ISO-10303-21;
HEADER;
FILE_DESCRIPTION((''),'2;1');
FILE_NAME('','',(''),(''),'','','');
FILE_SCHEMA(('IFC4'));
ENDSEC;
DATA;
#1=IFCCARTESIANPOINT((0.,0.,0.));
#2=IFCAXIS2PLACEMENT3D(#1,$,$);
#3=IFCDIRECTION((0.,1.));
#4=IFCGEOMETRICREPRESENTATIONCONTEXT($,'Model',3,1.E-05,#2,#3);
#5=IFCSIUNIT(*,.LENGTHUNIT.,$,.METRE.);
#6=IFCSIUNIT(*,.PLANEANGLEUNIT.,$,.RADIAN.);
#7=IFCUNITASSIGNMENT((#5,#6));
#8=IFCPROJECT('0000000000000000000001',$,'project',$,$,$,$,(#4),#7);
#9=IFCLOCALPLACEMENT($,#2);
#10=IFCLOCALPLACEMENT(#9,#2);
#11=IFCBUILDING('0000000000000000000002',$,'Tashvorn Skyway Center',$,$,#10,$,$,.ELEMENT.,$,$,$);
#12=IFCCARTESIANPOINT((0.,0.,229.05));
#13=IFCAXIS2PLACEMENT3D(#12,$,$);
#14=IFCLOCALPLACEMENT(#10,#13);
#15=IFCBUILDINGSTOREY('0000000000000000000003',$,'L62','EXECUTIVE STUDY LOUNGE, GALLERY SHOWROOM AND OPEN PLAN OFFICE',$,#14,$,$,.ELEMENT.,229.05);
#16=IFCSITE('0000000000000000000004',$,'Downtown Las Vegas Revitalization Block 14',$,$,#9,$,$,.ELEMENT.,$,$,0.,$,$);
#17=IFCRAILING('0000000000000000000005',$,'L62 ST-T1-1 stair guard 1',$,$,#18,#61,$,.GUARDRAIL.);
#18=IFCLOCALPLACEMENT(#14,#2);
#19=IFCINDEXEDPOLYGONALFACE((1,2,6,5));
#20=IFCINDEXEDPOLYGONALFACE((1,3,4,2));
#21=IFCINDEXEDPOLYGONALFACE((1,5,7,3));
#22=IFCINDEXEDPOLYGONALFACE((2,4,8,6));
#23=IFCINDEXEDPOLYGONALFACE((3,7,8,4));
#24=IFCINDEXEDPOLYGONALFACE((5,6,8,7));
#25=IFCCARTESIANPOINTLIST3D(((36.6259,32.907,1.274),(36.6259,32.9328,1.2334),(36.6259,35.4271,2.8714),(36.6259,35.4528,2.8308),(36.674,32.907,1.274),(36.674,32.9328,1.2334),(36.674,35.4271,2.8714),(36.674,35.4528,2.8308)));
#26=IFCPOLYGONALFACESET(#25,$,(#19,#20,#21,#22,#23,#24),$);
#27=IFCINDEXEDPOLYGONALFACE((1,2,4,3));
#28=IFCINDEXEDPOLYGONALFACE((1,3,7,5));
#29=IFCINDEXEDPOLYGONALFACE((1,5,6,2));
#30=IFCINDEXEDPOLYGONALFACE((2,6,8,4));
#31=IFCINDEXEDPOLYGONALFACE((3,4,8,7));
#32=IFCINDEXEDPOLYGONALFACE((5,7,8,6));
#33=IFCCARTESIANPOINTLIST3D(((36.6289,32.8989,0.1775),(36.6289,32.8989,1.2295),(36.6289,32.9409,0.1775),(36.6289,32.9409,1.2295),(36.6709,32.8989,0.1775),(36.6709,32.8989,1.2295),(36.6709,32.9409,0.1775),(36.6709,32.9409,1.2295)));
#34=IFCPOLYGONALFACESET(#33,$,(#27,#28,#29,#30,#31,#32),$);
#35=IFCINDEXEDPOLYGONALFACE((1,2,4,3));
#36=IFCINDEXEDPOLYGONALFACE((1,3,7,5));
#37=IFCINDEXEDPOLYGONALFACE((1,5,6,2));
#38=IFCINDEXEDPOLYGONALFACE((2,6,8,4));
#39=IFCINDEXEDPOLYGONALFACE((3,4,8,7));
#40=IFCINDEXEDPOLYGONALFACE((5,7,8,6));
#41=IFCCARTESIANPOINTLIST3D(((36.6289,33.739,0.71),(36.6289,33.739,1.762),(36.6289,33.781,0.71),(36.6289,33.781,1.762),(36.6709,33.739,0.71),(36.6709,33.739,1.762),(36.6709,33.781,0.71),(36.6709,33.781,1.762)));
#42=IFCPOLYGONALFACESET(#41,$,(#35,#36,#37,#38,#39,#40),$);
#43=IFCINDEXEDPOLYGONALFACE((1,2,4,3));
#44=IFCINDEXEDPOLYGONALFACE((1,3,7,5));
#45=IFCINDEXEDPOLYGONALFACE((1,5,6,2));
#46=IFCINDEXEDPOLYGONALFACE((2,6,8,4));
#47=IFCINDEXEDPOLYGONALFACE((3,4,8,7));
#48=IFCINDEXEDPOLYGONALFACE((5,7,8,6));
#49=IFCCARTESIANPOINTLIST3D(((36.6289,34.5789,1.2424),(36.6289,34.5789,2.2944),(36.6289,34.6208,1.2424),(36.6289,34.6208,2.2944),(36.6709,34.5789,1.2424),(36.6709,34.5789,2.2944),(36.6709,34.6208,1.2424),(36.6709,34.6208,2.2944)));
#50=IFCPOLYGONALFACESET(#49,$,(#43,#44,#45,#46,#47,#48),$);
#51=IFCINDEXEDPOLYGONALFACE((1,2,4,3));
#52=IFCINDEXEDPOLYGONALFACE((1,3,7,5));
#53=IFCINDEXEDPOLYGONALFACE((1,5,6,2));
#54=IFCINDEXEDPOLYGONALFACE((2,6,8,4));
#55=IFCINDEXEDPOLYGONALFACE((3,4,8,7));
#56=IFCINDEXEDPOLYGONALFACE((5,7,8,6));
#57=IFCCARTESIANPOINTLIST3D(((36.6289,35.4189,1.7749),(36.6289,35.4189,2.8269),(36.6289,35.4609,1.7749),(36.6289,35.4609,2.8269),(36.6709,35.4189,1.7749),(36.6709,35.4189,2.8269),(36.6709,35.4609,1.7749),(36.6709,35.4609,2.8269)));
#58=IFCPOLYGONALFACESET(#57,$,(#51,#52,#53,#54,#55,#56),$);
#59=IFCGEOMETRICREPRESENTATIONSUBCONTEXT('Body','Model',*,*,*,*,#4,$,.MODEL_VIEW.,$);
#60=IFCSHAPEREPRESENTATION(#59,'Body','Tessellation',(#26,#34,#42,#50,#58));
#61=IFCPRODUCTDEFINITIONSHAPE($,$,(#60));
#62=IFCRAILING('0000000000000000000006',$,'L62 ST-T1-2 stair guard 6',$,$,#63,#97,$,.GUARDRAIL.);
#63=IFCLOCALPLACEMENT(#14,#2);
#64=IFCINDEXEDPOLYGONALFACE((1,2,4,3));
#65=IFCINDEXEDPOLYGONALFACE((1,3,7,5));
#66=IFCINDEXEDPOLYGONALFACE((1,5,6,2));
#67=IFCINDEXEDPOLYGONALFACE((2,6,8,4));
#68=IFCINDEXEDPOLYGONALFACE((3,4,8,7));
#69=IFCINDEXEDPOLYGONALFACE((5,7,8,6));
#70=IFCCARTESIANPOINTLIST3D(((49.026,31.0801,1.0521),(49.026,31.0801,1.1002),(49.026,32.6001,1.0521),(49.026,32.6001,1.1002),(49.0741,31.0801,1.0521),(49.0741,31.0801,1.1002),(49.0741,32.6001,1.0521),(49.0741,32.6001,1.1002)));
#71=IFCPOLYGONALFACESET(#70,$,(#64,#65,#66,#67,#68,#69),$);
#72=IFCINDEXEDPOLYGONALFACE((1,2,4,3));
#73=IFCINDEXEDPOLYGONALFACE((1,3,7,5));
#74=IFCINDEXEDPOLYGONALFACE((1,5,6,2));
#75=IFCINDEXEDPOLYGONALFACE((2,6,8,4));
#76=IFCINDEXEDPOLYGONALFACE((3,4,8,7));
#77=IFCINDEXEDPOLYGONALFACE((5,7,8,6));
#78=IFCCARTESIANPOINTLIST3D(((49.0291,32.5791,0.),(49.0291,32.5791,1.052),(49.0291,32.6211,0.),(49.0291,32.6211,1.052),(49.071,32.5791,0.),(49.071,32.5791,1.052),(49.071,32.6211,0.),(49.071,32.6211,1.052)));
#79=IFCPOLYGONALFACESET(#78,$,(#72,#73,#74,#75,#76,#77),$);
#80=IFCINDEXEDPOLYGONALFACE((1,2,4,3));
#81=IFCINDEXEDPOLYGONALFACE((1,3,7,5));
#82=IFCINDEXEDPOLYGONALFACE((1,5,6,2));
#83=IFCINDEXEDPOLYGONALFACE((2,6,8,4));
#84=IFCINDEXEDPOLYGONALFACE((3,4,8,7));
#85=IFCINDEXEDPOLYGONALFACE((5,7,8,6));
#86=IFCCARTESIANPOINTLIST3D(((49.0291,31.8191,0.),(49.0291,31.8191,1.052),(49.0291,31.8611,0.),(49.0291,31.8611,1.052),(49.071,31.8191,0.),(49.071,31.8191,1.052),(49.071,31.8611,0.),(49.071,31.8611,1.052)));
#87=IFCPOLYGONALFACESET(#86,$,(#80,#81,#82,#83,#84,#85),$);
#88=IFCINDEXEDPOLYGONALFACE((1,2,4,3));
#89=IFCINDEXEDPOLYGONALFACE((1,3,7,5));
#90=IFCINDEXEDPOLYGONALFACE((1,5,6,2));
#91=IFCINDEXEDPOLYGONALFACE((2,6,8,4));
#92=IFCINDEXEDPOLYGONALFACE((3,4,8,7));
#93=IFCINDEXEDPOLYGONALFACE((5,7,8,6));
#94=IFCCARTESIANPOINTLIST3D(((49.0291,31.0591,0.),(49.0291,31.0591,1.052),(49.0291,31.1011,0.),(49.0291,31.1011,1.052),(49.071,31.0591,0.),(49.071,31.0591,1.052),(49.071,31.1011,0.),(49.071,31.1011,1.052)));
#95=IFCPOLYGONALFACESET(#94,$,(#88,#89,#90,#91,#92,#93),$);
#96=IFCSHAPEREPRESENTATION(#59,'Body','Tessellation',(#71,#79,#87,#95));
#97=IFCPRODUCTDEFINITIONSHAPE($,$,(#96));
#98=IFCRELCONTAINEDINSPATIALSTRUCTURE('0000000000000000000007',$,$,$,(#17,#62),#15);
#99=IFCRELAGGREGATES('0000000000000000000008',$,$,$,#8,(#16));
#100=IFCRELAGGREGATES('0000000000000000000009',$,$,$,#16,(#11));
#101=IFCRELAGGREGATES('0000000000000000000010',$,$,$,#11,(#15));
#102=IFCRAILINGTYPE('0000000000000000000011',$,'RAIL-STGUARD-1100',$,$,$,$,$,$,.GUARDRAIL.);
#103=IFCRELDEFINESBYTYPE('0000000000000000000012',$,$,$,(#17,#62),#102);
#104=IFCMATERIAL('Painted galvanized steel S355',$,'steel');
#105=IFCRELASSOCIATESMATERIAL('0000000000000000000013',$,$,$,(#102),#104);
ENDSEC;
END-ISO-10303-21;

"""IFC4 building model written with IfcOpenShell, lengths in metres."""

from ifc_helpers import new_model, si_unit, direction, frame, origin, origin_2d, place, context, subcontext, project, spatial, rectangle, extrude, material, type_object, element, save


model = new_model("IFC4")

# Units and contexts
model_context = context("Model", 3, precision=1e-05, world=origin(), true_north=direction((0.0, 1.0)))
body_context = subcontext(model_context, "Body", "Model", "MODEL_VIEW")
ifc_project = project(units=[si_unit("LENGTHUNIT", "METRE"), si_unit("PLANEANGLEUNIT", "RADIAN")], contexts=[model_context])

# Site, building, storey
site_placement = place(None, origin())
site = spatial("IfcSite", under=ifc_project, at=site_placement, Name="Downtown Las Vegas Revitalization Block 14", CompositionType="ELEMENT", RefElevation=0.0)
building_placement = place(site_placement, origin())
building = spatial("IfcBuilding", under=site, at=building_placement, Name="Tashvorn Skyway Center", CompositionType="ELEMENT")
storey_placement = place(building_placement, frame((0.0, 0.0, 229.05)))
storey = spatial("IfcBuildingStorey", under=building, at=storey_placement, Name="L62", Description="EXECUTIVE STUDY LOUNGE, GALLERY SHOWROOM AND OPEN PLAN OFFICE", CompositionType="ELEMENT", Elevation=229.05)

# Railings
ifc_material_1 = material(Name="Painted galvanized steel S355", Category="steel")
railing_type_1 = type_object("IfcRailingType", Name="RAIL-STGUARD-1100", PredefinedType="GUARDRAIL", material=ifc_material_1)
railing_1_placement = place(storey_placement, frame((36.6499, 32.9199, 0.1775)))
element("IfcRailing", 1, at=railing_1_placement, inside=storey, type_object=railing_type_1, Name="L62 ST-T1-1 stair guard 1", PredefinedType="GUARDRAIL", context=body_context, shape_type="SweptSolid", body=[
    extrude(rectangle(XDim=0.0481, YDim=0.0481, at=origin_2d()), frame((0.0, 0.0, 1.0762), z_axis=(0.0, 0.844607, 0.535387), x_axis=(-1.0, 0.0, 0.0)), (0.0, 0.0, 1.0), 2.9836),
    extrude(rectangle(XDim=0.042, YDim=0.042, at=origin_2d()), origin(), (0.0, 0.0, 1.0), 1.052),
    extrude(rectangle(XDim=0.042, YDim=0.042, at=origin_2d()), frame((0.0, 0.8401, 0.5325)), (0.0, 0.0, 1.0), 1.052),
    extrude(rectangle(XDim=0.042, YDim=0.042, at=origin_2d()), frame((0.0, 1.6799, 1.0649)), (0.0, 0.0, 1.0), 1.052),
    extrude(rectangle(XDim=0.042, YDim=0.042, at=origin_2d()), frame((0.0, 2.52, 1.5974)), (0.0, 0.0, 1.0), 1.052),
])
railing_2_placement = place(storey_placement, frame((49.05, 32.6001, 0.0)))
element("IfcRailing", 2, at=railing_2_placement, inside=storey, type_object=railing_type_1, Name="L62 ST-T1-2 stair guard 6", PredefinedType="GUARDRAIL", context=body_context, shape_type="SweptSolid", body=[
    extrude(rectangle(XDim=0.0481, YDim=0.0481, at=origin_2d()), frame((0.0, 0.0, 1.0762), z_axis=(0.0, -1.0, 0.0), x_axis=(1.0, 0.0, 0.0)), (0.0, 0.0, 1.0), 1.52),
    extrude(rectangle(XDim=0.042, YDim=0.042, at=origin_2d()), origin(), (0.0, 0.0, 1.0), 1.052),
    extrude(rectangle(XDim=0.042, YDim=0.042, at=origin_2d()), frame((0.0, -0.76, 0.0)), (0.0, 0.0, 1.0), 1.052),
    extrude(rectangle(XDim=0.042, YDim=0.042, at=origin_2d()), frame((0.0, -1.52, 0.0)), (0.0, 0.0, 1.0), 1.052),
])

save(model, "model.ifc")
